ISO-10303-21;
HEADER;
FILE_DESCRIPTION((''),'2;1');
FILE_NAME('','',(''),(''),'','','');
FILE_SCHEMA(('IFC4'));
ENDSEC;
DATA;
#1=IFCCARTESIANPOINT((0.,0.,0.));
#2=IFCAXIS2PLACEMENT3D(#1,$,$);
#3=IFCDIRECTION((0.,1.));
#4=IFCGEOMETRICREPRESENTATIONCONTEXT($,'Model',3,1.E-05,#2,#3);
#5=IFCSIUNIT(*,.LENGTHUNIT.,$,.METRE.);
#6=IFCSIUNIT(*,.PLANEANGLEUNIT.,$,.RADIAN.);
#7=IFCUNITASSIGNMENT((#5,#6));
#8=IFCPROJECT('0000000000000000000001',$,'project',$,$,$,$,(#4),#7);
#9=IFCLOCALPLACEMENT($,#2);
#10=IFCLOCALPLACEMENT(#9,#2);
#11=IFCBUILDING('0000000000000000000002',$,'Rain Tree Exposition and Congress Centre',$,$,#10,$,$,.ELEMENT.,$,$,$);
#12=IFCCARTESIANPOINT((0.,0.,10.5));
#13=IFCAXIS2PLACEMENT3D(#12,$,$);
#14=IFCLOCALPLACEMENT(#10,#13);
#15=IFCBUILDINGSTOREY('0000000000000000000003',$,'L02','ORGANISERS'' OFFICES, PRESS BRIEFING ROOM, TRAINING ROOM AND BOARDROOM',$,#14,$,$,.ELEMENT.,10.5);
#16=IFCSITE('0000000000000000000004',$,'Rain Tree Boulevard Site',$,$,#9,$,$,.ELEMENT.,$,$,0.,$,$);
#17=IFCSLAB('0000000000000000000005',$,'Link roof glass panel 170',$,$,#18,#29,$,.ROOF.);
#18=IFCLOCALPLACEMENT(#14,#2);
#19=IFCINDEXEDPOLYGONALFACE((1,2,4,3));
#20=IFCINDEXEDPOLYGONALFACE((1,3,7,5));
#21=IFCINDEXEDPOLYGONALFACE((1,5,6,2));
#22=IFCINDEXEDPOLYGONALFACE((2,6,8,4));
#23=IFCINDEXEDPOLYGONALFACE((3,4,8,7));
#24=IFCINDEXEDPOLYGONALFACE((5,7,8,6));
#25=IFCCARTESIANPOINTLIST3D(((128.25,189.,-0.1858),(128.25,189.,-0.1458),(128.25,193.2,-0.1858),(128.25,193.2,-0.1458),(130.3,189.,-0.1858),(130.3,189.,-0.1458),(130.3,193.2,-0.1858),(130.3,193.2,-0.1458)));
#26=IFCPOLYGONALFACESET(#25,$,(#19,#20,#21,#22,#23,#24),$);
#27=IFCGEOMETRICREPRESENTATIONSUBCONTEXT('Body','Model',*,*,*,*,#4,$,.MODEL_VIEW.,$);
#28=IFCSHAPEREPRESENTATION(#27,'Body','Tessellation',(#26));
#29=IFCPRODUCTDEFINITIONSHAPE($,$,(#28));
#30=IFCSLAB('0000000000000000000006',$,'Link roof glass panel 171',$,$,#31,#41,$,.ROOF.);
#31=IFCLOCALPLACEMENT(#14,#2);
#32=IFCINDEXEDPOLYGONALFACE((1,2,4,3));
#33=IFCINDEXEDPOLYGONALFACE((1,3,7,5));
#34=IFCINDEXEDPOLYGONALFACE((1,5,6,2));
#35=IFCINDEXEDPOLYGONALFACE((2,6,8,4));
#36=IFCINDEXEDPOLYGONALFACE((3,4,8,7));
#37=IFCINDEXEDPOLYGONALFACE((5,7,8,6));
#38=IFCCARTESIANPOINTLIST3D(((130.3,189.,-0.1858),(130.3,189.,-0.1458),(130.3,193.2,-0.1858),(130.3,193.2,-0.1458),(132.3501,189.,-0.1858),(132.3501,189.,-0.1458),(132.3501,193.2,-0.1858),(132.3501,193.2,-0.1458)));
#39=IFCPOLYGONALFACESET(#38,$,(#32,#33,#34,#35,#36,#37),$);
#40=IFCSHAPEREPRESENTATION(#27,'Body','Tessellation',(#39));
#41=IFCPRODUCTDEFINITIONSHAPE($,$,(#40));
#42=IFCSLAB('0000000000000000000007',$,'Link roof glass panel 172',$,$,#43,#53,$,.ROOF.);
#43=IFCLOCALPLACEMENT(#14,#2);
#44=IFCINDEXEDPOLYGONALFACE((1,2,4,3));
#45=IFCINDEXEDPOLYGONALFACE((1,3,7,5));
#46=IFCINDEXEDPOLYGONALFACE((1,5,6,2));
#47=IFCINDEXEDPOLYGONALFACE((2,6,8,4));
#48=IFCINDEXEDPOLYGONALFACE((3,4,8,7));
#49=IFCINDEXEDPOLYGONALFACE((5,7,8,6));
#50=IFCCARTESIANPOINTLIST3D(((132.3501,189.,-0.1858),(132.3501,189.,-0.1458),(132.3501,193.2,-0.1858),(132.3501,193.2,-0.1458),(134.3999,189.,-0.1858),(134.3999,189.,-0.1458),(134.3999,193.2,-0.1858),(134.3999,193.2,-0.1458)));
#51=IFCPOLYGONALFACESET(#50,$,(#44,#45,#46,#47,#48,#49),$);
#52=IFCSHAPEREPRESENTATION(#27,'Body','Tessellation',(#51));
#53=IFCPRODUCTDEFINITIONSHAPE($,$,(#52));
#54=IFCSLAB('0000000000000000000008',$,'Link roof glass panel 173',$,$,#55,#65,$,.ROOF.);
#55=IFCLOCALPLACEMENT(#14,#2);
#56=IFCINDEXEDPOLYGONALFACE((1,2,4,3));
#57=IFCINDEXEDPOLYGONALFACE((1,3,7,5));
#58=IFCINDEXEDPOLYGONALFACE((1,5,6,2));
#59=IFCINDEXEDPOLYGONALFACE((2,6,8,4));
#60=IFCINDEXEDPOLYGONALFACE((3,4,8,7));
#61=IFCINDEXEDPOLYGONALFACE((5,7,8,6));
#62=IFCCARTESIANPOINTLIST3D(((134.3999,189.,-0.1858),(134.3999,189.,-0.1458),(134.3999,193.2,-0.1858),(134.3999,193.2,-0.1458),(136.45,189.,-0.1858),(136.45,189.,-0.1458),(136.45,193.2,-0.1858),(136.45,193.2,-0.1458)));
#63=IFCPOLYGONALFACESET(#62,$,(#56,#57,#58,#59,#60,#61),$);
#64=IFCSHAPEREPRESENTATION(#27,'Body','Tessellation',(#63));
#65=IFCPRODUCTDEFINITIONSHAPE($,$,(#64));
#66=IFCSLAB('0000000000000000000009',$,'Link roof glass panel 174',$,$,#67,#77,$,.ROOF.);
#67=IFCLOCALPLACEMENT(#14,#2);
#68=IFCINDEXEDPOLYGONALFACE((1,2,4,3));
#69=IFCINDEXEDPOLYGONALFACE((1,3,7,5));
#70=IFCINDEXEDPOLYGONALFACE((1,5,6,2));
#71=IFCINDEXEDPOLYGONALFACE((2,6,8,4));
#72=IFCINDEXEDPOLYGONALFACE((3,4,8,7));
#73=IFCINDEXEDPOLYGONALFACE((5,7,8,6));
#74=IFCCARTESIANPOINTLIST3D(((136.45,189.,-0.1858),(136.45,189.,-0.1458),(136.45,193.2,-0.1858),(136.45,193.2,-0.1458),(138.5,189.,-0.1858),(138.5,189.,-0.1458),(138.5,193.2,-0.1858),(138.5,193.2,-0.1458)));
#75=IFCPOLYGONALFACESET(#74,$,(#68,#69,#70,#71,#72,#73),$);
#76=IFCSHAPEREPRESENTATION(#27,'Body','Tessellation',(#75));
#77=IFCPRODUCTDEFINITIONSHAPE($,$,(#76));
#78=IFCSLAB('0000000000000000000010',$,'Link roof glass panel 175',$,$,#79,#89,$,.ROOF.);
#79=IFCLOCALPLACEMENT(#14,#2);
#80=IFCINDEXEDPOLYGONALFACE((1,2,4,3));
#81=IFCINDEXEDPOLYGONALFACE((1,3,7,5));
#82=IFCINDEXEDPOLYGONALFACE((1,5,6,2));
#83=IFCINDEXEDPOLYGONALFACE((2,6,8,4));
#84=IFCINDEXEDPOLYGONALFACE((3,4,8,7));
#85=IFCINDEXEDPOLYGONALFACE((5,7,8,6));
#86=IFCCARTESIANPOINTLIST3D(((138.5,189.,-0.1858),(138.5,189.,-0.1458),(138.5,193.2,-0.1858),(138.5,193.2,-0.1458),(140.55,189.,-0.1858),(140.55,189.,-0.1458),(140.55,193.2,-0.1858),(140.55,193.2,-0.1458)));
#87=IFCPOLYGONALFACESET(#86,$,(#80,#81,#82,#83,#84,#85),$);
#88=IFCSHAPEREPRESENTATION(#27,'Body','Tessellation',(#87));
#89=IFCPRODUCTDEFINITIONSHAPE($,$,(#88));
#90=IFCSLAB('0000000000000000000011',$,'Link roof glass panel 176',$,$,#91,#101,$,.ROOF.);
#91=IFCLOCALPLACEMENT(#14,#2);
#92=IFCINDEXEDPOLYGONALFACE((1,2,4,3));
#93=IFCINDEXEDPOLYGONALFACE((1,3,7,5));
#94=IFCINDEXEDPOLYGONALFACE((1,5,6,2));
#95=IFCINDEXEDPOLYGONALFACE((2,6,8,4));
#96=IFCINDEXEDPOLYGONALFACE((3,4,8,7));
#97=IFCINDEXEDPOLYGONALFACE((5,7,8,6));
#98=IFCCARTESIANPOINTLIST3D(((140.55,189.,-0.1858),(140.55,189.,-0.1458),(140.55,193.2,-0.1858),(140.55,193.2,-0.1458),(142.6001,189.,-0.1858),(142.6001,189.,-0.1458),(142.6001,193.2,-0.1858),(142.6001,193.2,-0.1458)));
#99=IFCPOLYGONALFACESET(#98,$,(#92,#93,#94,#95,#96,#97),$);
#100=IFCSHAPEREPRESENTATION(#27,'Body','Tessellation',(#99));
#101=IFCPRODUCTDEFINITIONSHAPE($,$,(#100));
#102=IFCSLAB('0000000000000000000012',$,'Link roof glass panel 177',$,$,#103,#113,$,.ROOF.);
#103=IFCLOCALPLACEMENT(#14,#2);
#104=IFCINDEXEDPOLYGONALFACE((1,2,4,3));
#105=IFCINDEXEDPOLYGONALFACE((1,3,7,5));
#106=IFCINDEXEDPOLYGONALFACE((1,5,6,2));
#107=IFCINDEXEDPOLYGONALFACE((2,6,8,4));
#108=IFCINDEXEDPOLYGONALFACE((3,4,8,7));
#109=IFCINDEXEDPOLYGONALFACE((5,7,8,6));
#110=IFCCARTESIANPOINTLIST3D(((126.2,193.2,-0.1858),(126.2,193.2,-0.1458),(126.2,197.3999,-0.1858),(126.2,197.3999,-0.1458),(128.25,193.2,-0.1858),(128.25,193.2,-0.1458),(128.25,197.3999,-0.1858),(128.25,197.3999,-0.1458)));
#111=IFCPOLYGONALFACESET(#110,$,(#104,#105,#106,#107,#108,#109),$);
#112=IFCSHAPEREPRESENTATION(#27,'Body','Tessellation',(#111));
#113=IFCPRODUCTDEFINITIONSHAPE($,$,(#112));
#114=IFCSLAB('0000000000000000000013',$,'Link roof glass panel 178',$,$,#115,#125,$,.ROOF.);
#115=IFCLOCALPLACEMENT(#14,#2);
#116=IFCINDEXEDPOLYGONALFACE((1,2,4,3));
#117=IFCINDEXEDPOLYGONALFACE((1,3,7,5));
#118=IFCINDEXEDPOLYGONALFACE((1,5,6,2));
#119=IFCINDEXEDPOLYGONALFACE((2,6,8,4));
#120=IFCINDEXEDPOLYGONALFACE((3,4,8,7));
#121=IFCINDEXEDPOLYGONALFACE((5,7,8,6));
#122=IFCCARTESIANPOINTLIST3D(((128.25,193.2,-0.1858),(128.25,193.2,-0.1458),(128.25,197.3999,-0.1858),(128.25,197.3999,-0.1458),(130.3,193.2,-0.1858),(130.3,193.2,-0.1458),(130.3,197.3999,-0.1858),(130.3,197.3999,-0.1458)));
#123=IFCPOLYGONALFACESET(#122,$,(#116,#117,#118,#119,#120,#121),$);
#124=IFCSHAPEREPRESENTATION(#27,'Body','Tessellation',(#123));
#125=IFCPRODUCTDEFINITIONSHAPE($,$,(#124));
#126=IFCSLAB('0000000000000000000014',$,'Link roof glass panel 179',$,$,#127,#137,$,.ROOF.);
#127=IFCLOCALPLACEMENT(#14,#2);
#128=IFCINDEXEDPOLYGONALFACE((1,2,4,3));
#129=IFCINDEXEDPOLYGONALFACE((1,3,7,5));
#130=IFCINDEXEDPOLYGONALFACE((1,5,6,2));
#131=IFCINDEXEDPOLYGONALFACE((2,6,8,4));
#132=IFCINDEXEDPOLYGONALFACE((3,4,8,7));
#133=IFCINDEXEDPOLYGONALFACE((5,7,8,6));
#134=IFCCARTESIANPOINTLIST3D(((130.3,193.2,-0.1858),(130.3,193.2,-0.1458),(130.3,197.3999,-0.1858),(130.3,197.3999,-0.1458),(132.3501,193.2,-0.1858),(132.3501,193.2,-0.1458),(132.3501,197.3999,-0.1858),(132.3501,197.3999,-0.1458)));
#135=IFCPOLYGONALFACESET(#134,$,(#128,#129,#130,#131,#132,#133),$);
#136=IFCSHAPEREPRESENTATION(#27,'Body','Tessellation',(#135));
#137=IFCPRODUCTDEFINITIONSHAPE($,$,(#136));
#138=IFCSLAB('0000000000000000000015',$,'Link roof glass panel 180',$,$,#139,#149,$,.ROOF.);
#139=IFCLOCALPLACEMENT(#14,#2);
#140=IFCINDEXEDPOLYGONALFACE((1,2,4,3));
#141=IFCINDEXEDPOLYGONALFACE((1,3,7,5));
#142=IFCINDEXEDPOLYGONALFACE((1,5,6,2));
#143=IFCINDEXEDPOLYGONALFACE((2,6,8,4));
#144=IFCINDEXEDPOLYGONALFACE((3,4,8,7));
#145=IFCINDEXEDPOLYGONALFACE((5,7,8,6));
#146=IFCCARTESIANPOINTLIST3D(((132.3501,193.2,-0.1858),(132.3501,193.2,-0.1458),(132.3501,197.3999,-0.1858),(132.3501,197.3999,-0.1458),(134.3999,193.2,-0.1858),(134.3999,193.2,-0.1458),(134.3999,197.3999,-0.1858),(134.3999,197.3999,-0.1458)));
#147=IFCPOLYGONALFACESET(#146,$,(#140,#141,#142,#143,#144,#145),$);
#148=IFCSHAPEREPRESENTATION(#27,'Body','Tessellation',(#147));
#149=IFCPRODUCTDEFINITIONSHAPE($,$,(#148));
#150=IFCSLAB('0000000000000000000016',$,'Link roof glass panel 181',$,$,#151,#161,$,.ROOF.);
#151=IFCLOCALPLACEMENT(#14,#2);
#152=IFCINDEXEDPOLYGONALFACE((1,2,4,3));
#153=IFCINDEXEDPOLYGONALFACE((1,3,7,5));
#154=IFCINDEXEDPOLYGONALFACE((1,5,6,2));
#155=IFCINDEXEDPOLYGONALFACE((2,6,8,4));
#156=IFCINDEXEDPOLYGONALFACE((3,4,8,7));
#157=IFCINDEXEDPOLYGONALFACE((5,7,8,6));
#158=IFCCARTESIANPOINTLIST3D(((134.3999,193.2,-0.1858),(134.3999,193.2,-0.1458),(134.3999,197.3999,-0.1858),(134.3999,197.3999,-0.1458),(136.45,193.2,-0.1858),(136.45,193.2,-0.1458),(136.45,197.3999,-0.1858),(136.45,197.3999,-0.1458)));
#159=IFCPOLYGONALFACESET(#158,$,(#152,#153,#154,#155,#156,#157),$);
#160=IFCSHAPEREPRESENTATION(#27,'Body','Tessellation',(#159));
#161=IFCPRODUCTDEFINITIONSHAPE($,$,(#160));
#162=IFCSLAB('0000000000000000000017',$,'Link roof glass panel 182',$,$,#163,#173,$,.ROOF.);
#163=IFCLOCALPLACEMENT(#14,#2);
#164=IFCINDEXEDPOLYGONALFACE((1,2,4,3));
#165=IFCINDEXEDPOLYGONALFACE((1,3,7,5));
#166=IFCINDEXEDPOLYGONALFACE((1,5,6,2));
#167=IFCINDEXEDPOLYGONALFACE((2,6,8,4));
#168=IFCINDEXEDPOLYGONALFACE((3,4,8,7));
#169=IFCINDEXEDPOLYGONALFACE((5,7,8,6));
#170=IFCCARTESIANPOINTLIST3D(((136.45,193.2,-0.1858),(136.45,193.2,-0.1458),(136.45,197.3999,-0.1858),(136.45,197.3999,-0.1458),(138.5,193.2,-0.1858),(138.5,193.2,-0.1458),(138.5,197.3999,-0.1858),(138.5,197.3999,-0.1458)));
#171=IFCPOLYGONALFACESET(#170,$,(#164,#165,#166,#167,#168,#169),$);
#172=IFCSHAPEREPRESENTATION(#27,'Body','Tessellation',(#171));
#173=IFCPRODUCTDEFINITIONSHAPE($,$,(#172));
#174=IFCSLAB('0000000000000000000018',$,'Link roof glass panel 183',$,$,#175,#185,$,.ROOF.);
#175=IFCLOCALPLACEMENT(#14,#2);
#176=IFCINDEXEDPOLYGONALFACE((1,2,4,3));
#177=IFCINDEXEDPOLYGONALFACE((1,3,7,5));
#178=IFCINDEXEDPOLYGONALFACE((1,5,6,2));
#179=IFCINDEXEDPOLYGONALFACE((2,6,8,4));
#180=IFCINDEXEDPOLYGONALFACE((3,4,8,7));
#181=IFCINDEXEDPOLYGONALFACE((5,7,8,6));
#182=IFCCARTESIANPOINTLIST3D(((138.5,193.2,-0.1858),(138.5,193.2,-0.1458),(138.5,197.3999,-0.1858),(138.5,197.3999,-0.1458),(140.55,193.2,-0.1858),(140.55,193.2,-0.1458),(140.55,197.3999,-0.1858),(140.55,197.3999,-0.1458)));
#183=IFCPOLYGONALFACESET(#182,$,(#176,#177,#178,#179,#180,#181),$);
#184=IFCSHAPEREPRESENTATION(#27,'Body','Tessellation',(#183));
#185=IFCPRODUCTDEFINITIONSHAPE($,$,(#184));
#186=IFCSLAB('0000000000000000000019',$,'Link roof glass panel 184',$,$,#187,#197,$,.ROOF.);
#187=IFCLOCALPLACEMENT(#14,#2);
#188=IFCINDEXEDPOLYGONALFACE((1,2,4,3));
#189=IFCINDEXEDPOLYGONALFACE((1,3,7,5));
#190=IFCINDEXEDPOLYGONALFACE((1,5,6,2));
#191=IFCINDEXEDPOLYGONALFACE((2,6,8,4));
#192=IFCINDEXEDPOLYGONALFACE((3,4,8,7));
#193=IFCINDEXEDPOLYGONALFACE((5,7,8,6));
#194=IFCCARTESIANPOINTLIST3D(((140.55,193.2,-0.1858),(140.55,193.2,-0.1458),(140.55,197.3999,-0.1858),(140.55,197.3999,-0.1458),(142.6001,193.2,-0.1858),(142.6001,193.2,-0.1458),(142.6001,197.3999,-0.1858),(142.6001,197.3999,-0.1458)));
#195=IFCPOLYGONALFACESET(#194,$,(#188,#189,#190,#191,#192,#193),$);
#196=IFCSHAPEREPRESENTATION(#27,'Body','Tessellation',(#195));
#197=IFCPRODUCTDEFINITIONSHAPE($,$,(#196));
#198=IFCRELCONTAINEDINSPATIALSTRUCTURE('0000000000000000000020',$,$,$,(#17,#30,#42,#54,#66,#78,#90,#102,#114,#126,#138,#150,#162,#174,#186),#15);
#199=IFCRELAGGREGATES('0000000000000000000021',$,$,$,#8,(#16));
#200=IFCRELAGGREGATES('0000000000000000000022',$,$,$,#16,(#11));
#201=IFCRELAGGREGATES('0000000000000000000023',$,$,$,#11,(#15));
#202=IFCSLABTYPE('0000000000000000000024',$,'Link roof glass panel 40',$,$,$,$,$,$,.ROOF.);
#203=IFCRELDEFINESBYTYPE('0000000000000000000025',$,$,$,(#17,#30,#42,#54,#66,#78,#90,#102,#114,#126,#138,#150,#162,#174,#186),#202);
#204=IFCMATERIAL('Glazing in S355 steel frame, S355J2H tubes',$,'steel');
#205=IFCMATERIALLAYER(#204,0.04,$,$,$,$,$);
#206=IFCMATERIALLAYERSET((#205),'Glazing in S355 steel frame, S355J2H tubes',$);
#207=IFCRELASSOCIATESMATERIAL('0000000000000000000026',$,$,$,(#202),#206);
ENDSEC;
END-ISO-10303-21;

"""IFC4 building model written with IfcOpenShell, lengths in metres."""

from ifc_helpers import new_model, si_unit, direction, frame, origin, place, context, subcontext, project, spatial, polyline, outline, extrude, material, layer, layer_set, type_object, element, save


model = new_model("IFC4")

# Units and contexts
model_context = context("Model", 3, precision=1e-05, world=origin(), true_north=direction((0.0, 1.0)))
body_context = subcontext(model_context, "Body", "Model", "MODEL_VIEW")
ifc_project = project(units=[si_unit("LENGTHUNIT", "METRE"), si_unit("PLANEANGLEUNIT", "RADIAN")], contexts=[model_context])

# Site, building, storey
site_placement = place(None, origin())
site = spatial("IfcSite", under=ifc_project, at=site_placement, Name="Rain Tree Boulevard Site", CompositionType="ELEMENT", RefElevation=0.0)
building_placement = place(site_placement, origin())
building = spatial("IfcBuilding", under=site, at=building_placement, Name="Rain Tree Exposition and Congress Centre", CompositionType="ELEMENT")
storey_placement = place(building_placement, frame((0.0, 0.0, 10.5)))
storey = spatial("IfcBuildingStorey", under=building, at=storey_placement, Name="L02", Description="ORGANISERS' OFFICES, PRESS BRIEFING ROOM, TRAINING ROOM AND BOARDROOM", CompositionType="ELEMENT", Elevation=10.5)

# Slabs
ifc_material = material(Name="Glazing in S355 steel frame, S355J2H tubes", Category="steel")
ifc_layer = layer(ifc_material, 0.04)
ifc_layer_set = layer_set([ifc_layer], Name="Glazing in S355 steel frame, S355J2H tubes")
slab_type = type_object("IfcSlabType", Name="Link roof glass panel 40", PredefinedType="ROOF", material=ifc_layer_set)
slab_1_placement = place(storey_placement, frame((0.0, 0.0, -0.1858)))
element("IfcSlab", 1, at=slab_1_placement, inside=storey, type_object=slab_type, Name="Link roof glass panel 170", PredefinedType="ROOF", context=body_context, shape_type="SweptSolid", body=[
    extrude(outline(polyline([(128.25, 189.0), (130.3, 189.0), (130.3, 193.2), (128.25, 193.2), (128.25, 189.0)])), origin(), (0.0, 0.0, 1.0), 0.04),
])
slab_2_placement = place(storey_placement, frame((0.0, 0.0, -0.1858)))
element("IfcSlab", 2, at=slab_2_placement, inside=storey, type_object=slab_type, Name="Link roof glass panel 171", PredefinedType="ROOF", context=body_context, shape_type="SweptSolid", body=[
    extrude(outline(polyline([(130.3, 189.0), (132.3501, 189.0), (132.3501, 193.2), (130.3, 193.2), (130.3, 189.0)])), origin(), (0.0, 0.0, 1.0), 0.04),
])
slab_3_placement = place(storey_placement, frame((0.0, 0.0, -0.1858)))
element("IfcSlab", 3, at=slab_3_placement, inside=storey, type_object=slab_type, Name="Link roof glass panel 172", PredefinedType="ROOF", context=body_context, shape_type="SweptSolid", body=[
    extrude(outline(polyline([(132.3501, 189.0), (134.3999, 189.0), (134.3999, 193.2), (132.3501, 193.2), (132.3501, 189.0)])), origin(), (0.0, 0.0, 1.0), 0.04),
])
slab_4_placement = place(storey_placement, frame((0.0, 0.0, -0.1858)))
element("IfcSlab", 4, at=slab_4_placement, inside=storey, type_object=slab_type, Name="Link roof glass panel 173", PredefinedType="ROOF", context=body_context, shape_type="SweptSolid", body=[
    extrude(outline(polyline([(134.3999, 189.0), (136.45, 189.0), (136.45, 193.2), (134.3999, 193.2), (134.3999, 189.0)])), origin(), (0.0, 0.0, 1.0), 0.04),
])
slab_5_placement = place(storey_placement, frame((0.0, 0.0, -0.1858)))
element("IfcSlab", 5, at=slab_5_placement, inside=storey, type_object=slab_type, Name="Link roof glass panel 174", PredefinedType="ROOF", context=body_context, shape_type="SweptSolid", body=[
    extrude(outline(polyline([(136.45, 189.0), (138.5, 189.0), (138.5, 193.2), (136.45, 193.2), (136.45, 189.0)])), origin(), (0.0, 0.0, 1.0), 0.04),
])
slab_6_placement = place(storey_placement, frame((0.0, 0.0, -0.1858)))
element("IfcSlab", 6, at=slab_6_placement, inside=storey, type_object=slab_type, Name="Link roof glass panel 175", PredefinedType="ROOF", context=body_context, shape_type="SweptSolid", body=[
    extrude(outline(polyline([(138.5, 189.0), (140.55, 189.0), (140.55, 193.2), (138.5, 193.2), (138.5, 189.0)])), origin(), (0.0, 0.0, 1.0), 0.04),
])
slab_7_placement = place(storey_placement, frame((0.0, 0.0, -0.1858)))
element("IfcSlab", 7, at=slab_7_placement, inside=storey, type_object=slab_type, Name="Link roof glass panel 176", PredefinedType="ROOF", context=body_context, shape_type="SweptSolid", body=[
    extrude(outline(polyline([(140.55, 189.0), (142.6001, 189.0), (142.6001, 193.2), (140.55, 193.2), (140.55, 189.0)])), origin(), (0.0, 0.0, 1.0), 0.04),
])
slab_8_placement = place(storey_placement, frame((0.0, 0.0, -0.1858)))
element("IfcSlab", 8, at=slab_8_placement, inside=storey, type_object=slab_type, Name="Link roof glass panel 177", PredefinedType="ROOF", context=body_context, shape_type="SweptSolid", body=[
    extrude(outline(polyline([(126.2, 193.2), (128.25, 193.2), (128.25, 197.3999), (126.2, 197.3999), (126.2, 193.2)])), origin(), (0.0, 0.0, 1.0), 0.04),
])
slab_9_placement = place(storey_placement, frame((0.0, 0.0, -0.1858)))
element("IfcSlab", 9, at=slab_9_placement, inside=storey, type_object=slab_type, Name="Link roof glass panel 178", PredefinedType="ROOF", context=body_context, shape_type="SweptSolid", body=[
    extrude(outline(polyline([(128.25, 193.2), (130.3, 193.2), (130.3, 197.3999), (128.25, 197.3999), (128.25, 193.2)])), origin(), (0.0, 0.0, 1.0), 0.04),
])
slab_10_placement = place(storey_placement, frame((0.0, 0.0, -0.1858)))
element("IfcSlab", 10, at=slab_10_placement, inside=storey, type_object=slab_type, Name="Link roof glass panel 179", PredefinedType="ROOF", context=body_context, shape_type="SweptSolid", body=[
    extrude(outline(polyline([(130.3, 193.2), (132.3501, 193.2), (132.3501, 197.3999), (130.3, 197.3999), (130.3, 193.2)])), origin(), (0.0, 0.0, 1.0), 0.04),
])
slab_11_placement = place(storey_placement, frame((0.0, 0.0, -0.1858)))
element("IfcSlab", 11, at=slab_11_placement, inside=storey, type_object=slab_type, Name="Link roof glass panel 180", PredefinedType="ROOF", context=body_context, shape_type="SweptSolid", body=[
    extrude(outline(polyline([(132.3501, 193.2), (134.3999, 193.2), (134.3999, 197.3999), (132.3501, 197.3999), (132.3501, 193.2)])), origin(), (0.0, 0.0, 1.0), 0.04),
])
slab_12_placement = place(storey_placement, frame((0.0, 0.0, -0.1858)))
element("IfcSlab", 12, at=slab_12_placement, inside=storey, type_object=slab_type, Name="Link roof glass panel 181", PredefinedType="ROOF", context=body_context, shape_type="SweptSolid", body=[
    extrude(outline(polyline([(134.3999, 193.2), (136.45, 193.2), (136.45, 197.3999), (134.3999, 197.3999), (134.3999, 193.2)])), origin(), (0.0, 0.0, 1.0), 0.04),
])
slab_13_placement = place(storey_placement, frame((0.0, 0.0, -0.1858)))
element("IfcSlab", 13, at=slab_13_placement, inside=storey, type_object=slab_type, Name="Link roof glass panel 182", PredefinedType="ROOF", context=body_context, shape_type="SweptSolid", body=[
    extrude(outline(polyline([(136.45, 193.2), (138.5, 193.2), (138.5, 197.3999), (136.45, 197.3999), (136.45, 193.2)])), origin(), (0.0, 0.0, 1.0), 0.04),
])
slab_14_placement = place(storey_placement, frame((0.0, 0.0, -0.1858)))
element("IfcSlab", 14, at=slab_14_placement, inside=storey, type_object=slab_type, Name="Link roof glass panel 183", PredefinedType="ROOF", context=body_context, shape_type="SweptSolid", body=[
    extrude(outline(polyline([(138.5, 193.2), (140.55, 193.2), (140.55, 197.3999), (138.5, 197.3999), (138.5, 193.2)])), origin(), (0.0, 0.0, 1.0), 0.04),
])
slab_15_placement = place(storey_placement, frame((0.0, 0.0, -0.1858)))
element("IfcSlab", 15, at=slab_15_placement, inside=storey, type_object=slab_type, Name="Link roof glass panel 184", PredefinedType="ROOF", context=body_context, shape_type="SweptSolid", body=[
    extrude(outline(polyline([(140.55, 193.2), (142.6001, 193.2), (142.6001, 197.3999), (140.55, 197.3999), (140.55, 193.2)])), origin(), (0.0, 0.0, 1.0), 0.04),
])

save(model, "model.ifc")
